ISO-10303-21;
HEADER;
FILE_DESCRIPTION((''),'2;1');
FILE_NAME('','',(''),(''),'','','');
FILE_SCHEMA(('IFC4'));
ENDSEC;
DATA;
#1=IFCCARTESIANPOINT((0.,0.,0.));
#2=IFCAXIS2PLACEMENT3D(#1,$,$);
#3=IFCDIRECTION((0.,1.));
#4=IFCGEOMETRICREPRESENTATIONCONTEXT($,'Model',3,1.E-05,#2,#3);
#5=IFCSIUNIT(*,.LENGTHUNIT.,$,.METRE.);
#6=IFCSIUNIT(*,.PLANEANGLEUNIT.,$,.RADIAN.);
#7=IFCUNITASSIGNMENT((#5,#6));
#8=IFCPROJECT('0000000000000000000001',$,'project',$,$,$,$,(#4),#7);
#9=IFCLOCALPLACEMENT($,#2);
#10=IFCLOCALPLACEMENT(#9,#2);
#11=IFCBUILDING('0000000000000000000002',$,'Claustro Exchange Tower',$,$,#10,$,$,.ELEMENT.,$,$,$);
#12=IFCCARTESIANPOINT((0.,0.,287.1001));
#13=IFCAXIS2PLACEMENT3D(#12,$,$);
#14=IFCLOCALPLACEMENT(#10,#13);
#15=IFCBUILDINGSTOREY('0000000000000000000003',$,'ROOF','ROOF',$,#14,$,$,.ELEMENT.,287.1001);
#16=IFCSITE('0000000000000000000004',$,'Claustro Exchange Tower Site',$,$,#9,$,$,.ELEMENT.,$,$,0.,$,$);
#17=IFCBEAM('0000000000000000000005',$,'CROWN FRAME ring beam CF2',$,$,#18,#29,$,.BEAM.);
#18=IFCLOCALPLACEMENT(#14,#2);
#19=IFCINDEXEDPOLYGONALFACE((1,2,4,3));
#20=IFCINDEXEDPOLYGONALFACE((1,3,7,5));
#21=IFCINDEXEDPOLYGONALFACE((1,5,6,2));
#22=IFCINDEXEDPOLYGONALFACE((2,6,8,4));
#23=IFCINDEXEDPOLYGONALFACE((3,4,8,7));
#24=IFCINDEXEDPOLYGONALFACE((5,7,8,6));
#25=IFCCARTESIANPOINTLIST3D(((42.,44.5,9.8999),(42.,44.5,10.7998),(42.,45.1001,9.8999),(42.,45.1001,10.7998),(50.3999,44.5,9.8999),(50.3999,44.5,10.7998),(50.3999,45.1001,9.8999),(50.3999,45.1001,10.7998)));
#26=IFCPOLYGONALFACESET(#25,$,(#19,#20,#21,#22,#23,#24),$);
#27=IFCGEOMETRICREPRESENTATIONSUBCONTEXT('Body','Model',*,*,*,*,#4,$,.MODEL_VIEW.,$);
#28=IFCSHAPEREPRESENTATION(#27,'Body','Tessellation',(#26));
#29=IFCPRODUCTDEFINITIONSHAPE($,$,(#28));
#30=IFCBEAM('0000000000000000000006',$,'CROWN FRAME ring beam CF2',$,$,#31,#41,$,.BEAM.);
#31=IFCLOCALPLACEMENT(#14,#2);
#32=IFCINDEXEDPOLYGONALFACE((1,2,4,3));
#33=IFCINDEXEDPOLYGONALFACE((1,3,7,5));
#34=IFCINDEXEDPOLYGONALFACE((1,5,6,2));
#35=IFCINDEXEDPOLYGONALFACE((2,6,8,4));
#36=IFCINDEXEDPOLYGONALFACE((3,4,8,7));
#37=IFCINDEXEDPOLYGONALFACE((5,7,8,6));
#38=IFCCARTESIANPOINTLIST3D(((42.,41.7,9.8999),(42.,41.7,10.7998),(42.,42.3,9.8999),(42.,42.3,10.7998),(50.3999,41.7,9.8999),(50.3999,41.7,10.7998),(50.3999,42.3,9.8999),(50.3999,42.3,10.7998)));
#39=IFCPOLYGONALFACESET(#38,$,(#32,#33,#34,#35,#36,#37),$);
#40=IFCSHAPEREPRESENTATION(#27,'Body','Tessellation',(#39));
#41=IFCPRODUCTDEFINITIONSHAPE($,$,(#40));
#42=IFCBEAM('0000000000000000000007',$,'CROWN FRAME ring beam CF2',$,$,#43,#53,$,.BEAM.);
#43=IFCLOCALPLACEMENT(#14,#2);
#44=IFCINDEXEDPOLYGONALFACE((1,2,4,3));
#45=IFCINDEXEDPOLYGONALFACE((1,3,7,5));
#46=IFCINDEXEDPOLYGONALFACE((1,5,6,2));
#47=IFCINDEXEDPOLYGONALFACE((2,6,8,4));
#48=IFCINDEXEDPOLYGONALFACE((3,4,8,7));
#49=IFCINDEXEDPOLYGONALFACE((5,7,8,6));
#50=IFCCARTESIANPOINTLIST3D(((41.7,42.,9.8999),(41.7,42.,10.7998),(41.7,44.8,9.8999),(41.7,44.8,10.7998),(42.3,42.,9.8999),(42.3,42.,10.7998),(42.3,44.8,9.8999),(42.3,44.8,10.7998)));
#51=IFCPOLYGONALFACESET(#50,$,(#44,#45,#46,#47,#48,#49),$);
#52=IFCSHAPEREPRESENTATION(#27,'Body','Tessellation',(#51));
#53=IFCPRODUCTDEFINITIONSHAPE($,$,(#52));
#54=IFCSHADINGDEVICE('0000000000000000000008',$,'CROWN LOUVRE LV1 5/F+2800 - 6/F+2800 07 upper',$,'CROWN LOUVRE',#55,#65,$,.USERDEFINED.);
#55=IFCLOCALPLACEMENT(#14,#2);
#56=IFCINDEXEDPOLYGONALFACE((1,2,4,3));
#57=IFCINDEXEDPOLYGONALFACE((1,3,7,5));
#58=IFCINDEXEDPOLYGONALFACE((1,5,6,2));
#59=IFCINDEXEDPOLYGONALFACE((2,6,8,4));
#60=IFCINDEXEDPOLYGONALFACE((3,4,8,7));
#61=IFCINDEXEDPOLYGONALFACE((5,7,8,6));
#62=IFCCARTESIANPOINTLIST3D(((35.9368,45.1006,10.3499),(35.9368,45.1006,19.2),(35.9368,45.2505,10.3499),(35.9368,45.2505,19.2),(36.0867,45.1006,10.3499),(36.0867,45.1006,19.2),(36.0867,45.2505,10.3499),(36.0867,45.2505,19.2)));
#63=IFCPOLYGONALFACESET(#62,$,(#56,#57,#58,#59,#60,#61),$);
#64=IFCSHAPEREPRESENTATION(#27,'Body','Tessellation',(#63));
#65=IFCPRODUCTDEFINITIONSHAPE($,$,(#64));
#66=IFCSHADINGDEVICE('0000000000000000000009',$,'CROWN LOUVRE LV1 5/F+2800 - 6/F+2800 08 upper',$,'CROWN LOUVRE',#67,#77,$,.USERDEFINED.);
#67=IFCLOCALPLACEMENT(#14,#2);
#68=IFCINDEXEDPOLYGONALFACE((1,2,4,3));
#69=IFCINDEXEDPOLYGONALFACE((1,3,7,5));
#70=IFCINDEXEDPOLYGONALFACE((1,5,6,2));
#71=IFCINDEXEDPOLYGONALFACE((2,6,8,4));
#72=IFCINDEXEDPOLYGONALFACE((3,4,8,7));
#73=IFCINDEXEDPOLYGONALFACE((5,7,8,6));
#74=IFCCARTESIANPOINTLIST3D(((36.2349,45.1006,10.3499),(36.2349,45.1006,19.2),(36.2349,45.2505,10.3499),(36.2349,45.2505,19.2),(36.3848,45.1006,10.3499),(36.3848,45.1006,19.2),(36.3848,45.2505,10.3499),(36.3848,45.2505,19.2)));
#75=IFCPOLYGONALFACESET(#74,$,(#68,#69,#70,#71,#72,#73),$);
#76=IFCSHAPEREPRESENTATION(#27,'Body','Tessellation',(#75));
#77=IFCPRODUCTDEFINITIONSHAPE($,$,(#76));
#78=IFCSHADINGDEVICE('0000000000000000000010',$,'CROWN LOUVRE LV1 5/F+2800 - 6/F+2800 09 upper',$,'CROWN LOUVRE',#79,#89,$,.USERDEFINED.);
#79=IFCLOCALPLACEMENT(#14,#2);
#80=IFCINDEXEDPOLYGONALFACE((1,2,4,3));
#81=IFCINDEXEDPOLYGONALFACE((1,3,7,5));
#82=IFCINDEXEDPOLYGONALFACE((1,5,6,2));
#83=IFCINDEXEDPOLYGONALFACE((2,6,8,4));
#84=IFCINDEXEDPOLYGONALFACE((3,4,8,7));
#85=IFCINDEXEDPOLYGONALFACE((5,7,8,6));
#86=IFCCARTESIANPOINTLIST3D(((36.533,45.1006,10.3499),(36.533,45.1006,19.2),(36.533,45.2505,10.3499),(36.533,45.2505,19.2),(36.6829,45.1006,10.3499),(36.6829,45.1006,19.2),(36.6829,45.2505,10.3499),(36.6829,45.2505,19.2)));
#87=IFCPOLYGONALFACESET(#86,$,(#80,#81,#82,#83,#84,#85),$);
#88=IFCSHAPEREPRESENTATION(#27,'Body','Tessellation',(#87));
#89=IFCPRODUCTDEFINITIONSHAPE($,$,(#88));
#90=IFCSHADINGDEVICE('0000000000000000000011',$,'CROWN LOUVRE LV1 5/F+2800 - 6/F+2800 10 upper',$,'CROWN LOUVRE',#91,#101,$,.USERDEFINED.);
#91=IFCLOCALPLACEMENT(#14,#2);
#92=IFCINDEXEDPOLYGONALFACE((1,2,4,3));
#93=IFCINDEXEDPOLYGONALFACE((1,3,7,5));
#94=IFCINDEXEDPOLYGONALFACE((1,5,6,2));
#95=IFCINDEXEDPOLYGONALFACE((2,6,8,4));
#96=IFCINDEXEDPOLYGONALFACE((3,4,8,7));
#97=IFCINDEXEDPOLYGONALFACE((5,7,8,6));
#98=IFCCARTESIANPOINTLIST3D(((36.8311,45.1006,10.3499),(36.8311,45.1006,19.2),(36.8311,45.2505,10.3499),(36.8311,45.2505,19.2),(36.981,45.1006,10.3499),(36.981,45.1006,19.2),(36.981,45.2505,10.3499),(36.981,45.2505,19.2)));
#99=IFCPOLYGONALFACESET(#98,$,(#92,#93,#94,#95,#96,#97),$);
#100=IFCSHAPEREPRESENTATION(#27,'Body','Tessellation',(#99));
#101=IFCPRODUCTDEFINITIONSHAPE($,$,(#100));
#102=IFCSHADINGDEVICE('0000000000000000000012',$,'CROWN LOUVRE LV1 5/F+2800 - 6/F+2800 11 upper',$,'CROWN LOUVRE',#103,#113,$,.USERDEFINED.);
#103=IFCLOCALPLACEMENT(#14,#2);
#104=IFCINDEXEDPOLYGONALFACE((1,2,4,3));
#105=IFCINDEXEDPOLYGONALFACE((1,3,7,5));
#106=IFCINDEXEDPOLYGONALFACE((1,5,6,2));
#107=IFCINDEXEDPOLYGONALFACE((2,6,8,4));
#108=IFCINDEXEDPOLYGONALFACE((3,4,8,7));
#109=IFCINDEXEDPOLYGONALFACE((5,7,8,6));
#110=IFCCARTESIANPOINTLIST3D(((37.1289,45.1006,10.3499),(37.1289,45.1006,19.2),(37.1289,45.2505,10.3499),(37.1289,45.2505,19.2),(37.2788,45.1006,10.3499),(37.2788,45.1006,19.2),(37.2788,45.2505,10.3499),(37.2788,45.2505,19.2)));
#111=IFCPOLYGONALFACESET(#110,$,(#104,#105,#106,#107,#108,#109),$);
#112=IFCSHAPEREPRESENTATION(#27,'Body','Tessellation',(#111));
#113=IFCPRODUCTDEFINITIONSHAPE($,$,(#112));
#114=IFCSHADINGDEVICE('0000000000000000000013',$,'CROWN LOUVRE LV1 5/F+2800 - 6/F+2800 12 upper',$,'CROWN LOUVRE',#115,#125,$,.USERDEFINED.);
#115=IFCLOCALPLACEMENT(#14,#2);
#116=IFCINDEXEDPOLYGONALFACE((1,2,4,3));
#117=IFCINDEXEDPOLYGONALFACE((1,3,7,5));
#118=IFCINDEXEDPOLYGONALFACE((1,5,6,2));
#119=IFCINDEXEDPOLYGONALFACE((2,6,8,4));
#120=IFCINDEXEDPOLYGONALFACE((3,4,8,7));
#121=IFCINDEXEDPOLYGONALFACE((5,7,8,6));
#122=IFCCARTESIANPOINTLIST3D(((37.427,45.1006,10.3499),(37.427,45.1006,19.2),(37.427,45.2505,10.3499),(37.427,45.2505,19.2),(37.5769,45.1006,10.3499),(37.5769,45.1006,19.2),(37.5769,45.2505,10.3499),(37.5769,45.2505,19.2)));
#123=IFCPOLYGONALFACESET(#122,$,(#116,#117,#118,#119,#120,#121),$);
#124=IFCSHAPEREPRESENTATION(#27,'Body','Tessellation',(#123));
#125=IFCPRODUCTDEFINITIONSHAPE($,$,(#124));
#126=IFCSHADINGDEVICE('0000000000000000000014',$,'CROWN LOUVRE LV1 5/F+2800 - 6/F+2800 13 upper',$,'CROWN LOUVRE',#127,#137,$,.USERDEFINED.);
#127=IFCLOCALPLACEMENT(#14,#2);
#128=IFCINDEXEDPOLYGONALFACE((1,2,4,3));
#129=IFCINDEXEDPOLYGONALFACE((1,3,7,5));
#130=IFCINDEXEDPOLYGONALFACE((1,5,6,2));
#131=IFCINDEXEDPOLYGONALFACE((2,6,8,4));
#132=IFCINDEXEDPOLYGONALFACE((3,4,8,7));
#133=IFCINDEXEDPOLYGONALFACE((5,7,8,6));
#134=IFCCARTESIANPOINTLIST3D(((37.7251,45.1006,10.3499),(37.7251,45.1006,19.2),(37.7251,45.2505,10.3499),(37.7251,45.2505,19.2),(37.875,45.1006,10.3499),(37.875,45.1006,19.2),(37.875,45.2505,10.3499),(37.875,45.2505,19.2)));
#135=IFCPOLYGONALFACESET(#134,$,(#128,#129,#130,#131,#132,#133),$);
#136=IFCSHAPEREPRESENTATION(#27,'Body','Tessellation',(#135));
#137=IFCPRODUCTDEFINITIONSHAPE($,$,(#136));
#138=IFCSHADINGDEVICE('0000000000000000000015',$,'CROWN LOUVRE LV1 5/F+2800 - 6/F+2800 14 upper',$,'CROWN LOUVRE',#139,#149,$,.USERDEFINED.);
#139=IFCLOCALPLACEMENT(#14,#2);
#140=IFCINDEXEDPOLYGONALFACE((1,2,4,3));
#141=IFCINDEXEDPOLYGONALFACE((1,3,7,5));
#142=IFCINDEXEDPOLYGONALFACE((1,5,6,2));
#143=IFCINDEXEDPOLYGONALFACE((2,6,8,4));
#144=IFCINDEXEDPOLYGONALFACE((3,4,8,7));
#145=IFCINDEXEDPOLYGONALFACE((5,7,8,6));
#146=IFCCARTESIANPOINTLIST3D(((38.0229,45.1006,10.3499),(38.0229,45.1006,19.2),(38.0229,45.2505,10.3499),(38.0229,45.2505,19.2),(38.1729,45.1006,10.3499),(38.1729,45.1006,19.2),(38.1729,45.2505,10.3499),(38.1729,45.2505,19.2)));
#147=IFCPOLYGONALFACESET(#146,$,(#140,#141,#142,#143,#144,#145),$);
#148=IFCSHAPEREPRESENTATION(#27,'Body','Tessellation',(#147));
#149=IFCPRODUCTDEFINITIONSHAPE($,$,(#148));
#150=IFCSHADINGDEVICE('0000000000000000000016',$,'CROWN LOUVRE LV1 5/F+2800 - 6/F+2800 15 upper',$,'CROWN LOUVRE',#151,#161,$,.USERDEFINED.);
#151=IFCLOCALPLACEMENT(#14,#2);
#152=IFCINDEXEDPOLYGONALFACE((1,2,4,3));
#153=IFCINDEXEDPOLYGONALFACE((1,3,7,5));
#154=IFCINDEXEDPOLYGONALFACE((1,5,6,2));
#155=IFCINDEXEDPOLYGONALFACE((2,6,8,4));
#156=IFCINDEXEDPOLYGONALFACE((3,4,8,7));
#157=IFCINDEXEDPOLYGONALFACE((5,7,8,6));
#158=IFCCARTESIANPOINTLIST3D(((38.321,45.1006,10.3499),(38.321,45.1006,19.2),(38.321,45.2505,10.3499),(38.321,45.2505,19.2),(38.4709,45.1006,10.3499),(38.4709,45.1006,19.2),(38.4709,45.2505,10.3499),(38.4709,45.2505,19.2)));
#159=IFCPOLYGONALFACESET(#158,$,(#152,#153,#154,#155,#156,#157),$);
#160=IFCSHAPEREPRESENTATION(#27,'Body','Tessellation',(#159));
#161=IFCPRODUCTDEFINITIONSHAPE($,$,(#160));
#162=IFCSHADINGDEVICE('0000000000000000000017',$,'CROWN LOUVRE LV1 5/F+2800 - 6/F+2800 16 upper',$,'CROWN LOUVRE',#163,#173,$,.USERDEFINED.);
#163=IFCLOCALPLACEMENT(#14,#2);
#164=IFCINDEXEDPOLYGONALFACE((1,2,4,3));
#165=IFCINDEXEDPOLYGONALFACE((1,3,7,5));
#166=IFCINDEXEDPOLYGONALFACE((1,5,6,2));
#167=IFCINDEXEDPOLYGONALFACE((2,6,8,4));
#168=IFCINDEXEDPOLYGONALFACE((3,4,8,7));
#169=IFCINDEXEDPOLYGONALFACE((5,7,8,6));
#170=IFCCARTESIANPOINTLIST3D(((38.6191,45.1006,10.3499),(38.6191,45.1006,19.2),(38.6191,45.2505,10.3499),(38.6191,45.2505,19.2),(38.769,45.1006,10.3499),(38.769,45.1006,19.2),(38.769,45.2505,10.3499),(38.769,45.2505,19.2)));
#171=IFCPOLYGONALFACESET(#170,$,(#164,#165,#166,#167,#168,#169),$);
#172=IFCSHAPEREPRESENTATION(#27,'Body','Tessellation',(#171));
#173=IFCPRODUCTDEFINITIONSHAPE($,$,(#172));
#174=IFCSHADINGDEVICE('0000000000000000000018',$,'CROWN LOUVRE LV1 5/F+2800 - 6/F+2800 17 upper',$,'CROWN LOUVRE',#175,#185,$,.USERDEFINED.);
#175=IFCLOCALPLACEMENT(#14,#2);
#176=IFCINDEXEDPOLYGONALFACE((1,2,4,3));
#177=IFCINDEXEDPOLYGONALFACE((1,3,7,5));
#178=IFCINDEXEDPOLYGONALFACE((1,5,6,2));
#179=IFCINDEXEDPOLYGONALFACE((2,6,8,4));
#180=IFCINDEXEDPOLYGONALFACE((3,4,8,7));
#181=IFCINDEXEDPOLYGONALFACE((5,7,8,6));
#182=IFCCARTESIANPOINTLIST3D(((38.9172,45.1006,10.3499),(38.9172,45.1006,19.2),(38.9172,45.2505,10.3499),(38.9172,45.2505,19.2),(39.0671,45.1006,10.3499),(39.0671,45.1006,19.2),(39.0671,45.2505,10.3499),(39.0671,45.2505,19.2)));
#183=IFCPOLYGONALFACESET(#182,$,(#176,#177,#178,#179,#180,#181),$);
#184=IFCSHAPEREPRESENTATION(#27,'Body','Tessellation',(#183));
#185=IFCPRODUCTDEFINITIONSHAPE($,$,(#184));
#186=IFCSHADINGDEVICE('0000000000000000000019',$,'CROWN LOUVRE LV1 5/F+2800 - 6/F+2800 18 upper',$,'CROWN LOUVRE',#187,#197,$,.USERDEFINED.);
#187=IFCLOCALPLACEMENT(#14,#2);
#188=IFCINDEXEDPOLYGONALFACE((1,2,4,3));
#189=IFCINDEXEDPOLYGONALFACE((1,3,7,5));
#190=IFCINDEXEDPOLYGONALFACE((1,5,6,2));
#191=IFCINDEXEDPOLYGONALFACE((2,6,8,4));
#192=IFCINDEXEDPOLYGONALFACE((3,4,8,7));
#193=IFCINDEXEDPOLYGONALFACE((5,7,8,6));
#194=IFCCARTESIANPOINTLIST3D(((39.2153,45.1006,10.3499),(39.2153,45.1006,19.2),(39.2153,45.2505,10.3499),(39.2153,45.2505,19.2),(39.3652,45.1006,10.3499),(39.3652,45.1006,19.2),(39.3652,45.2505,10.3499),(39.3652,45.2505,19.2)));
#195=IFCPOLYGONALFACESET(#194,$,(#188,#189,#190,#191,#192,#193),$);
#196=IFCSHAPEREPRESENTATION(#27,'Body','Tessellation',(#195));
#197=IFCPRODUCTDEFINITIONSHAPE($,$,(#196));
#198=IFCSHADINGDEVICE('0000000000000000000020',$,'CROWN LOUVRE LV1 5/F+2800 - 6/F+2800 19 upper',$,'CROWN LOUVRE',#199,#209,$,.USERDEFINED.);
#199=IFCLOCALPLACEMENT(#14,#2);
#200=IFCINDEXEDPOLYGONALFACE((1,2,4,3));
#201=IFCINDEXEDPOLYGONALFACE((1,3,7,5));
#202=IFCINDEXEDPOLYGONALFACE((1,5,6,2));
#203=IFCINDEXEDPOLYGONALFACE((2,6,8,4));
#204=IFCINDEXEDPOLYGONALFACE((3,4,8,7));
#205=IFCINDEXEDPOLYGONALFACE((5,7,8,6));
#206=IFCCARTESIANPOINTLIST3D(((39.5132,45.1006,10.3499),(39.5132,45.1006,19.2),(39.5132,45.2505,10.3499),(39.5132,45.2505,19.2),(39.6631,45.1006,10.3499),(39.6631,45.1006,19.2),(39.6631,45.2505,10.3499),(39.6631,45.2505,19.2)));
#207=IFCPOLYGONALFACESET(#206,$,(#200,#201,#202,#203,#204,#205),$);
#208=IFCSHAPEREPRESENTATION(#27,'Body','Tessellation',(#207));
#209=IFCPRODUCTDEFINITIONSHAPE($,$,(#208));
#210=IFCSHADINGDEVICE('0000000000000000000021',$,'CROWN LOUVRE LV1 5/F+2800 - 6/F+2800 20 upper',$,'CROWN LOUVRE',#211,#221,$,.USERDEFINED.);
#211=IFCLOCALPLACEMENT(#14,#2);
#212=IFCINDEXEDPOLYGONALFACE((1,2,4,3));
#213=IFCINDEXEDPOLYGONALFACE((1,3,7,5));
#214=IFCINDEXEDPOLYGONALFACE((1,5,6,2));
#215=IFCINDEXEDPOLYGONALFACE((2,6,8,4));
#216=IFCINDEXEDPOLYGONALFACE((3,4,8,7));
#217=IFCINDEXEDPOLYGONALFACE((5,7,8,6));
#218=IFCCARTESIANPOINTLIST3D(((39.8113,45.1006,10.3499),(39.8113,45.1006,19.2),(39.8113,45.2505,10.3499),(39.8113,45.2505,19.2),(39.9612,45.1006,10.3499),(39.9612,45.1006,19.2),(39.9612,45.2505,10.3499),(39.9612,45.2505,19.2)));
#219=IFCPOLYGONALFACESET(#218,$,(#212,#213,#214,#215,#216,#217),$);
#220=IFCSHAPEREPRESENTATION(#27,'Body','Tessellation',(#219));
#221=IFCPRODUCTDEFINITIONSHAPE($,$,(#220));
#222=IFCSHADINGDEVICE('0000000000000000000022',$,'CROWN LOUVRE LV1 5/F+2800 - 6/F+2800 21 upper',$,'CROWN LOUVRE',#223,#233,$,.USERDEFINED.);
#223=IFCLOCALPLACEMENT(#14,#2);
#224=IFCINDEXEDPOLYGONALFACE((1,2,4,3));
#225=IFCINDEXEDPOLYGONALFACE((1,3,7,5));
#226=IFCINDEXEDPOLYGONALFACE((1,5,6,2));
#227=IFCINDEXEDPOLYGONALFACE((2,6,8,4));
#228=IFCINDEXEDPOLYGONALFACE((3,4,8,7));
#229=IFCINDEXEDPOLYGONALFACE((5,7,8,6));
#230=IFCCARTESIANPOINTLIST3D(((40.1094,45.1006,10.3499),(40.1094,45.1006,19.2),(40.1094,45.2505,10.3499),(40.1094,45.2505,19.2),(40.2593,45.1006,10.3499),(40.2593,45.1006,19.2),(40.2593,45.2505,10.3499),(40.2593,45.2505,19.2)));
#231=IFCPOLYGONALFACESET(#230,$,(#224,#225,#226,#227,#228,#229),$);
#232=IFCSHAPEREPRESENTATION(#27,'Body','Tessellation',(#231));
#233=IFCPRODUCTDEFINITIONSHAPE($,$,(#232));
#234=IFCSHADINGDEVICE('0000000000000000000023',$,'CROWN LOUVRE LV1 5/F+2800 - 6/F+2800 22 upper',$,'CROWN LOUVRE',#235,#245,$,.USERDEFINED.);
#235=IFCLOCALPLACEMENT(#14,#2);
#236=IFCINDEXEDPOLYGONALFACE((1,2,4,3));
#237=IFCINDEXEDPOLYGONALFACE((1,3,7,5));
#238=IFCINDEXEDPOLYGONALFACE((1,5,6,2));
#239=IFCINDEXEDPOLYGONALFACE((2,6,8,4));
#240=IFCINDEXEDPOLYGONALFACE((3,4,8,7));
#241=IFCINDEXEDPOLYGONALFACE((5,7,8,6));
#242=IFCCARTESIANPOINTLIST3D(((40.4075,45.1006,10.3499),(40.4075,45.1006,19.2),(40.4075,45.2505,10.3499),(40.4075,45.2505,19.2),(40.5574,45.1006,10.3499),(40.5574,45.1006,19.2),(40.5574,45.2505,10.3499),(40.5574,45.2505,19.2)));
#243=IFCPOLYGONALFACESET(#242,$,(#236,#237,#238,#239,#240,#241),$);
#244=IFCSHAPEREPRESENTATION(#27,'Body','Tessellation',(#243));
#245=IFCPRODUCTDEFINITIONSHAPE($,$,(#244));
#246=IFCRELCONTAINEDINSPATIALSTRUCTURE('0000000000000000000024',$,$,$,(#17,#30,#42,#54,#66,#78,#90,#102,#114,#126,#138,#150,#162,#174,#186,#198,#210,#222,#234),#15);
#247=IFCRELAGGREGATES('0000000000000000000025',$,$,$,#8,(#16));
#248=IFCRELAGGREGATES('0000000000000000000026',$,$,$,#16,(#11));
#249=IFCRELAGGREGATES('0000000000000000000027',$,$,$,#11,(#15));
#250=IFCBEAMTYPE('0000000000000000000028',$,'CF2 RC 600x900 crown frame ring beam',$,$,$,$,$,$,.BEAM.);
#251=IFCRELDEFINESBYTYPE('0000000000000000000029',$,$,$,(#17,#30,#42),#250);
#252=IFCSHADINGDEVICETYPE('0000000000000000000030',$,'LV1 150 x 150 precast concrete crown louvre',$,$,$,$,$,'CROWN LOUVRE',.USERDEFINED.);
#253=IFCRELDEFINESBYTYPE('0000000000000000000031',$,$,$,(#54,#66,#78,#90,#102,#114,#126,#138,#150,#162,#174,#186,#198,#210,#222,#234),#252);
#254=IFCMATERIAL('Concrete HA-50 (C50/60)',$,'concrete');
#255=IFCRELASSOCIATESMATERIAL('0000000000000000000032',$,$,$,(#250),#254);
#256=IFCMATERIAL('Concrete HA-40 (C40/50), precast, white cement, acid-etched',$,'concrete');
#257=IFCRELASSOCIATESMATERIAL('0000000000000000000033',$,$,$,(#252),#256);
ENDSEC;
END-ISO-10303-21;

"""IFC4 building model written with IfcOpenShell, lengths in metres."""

from ifc_helpers import new_model, si_unit, direction, frame, origin, origin_2d, place, context, subcontext, project, spatial, rectangle, extrude, material, material_profile, profile_set, type_object, element, save


model = new_model("IFC4")

# Units and contexts
model_context = context("Model", 3, precision=1e-05, world=origin(), true_north=direction((0.0, 1.0)))
body_context = subcontext(model_context, "Body", "Model", "MODEL_VIEW")
ifc_project = project(units=[si_unit("LENGTHUNIT", "METRE"), si_unit("PLANEANGLEUNIT", "RADIAN")], contexts=[model_context])

# Site, building, storey
site_placement = place(None, origin())
site = spatial("IfcSite", under=ifc_project, at=site_placement, Name="Claustro Exchange Tower Site", CompositionType="ELEMENT", RefElevation=0.0)
building_placement = place(site_placement, origin())
building = spatial("IfcBuilding", under=site, at=building_placement, Name="Claustro Exchange Tower", CompositionType="ELEMENT")
storey_placement = place(building_placement, frame((0.0, 0.0, 287.1001)))
storey = spatial("IfcBuildingStorey", under=building, at=storey_placement, Name="ROOF", Description="ROOF", CompositionType="ELEMENT", Elevation=287.1001)

# Beams
ifc_material_1 = material(Name="Concrete HA-50 (C50/60)", Category="concrete")
ifc_material_profile = material_profile(ifc_material_1, rectangle(XDim=0.6001, YDim=0.8999, at=origin_2d()), Name="RC 600x900")
ifc_profile_set = profile_set([ifc_material_profile], Name="Concrete HA-50 (C50/60)")
beam_type = type_object("IfcBeamType", Name="CF2 RC 600x900 crown frame ring beam", PredefinedType="BEAM", material=ifc_profile_set)
for number, where, z_axis, x_axis, name in (
    (1, (42.0, 44.8, 10.3499), (1.0, 0.0, 0.0), (0.0, 1.0, 0.0), "CROWN FRAME ring beam CF2"),
    (2, (42.0, 42.0, 10.3499), (1.0, 0.0, 0.0), (0.0, 1.0, 0.0), "CROWN FRAME ring beam CF2"),
):
    element("IfcBeam", number, at=place(storey_placement, frame(where, z_axis=z_axis, x_axis=x_axis)), inside=storey, type_object=beam_type, Name=name, PredefinedType="BEAM", context=body_context, shape_type="SweptSolid", body=[
        extrude(rectangle(XDim=0.6001, YDim=0.8999, at=origin_2d()), origin(), (0.0, 0.0, 1.0), 8.3999),
    ])
beam_placement = place(storey_placement, frame((42.0, 42.0, 10.3499), z_axis=(0.0, 1.0, 0.0), x_axis=(-1.0, 0.0, 0.0)))
element("IfcBeam", 3, at=beam_placement, inside=storey, type_object=beam_type, Name="CROWN FRAME ring beam CF2", PredefinedType="BEAM", context=body_context, shape_type="SweptSolid", body=[
    extrude(rectangle(XDim=0.6001, YDim=0.8999, at=origin_2d()), origin(), (0.0, 0.0, 1.0), 2.8),
])

# Shading devices
ifc_material_2 = material(Name="Concrete HA-40 (C40/50), precast, white cement, acid-etched", Category="concrete")
shading_device_type = type_object("IfcShadingDeviceType", Name="LV1 150 x 150 precast concrete crown louvre", ElementType="CROWN LOUVRE", PredefinedType="USERDEFINED", material=ifc_material_2)
for number, where, z_axis, x_axis, name in (
    (4, (36.0117, 45.1755, 10.3499), (0.0, 0.0, 1.0), (1.0, 0.0, 0.0), "CROWN LOUVRE LV1 5/F+2800 - 6/F+2800 07 upper"),
    (5, (36.3098, 45.1755, 10.3499), (0.0, 0.0, 1.0), (1.0, 0.0, 0.0), "CROWN LOUVRE LV1 5/F+2800 - 6/F+2800 08 upper"),
    (6, (36.6079, 45.1755, 10.3499), (0.0, 0.0, 1.0), (1.0, 0.0, 0.0), "CROWN LOUVRE LV1 5/F+2800 - 6/F+2800 09 upper"),
    (7, (36.906, 45.1755, 10.3499), (0.0, 0.0, 1.0), (1.0, 0.0, 0.0), "CROWN LOUVRE LV1 5/F+2800 - 6/F+2800 10 upper"),
    (8, (37.2039, 45.1755, 10.3499), (0.0, 0.0, 1.0), (1.0, 0.0, 0.0), "CROWN LOUVRE LV1 5/F+2800 - 6/F+2800 11 upper"),
    (9, (37.502, 45.1755, 10.3499), (0.0, 0.0, 1.0), (1.0, 0.0, 0.0), "CROWN LOUVRE LV1 5/F+2800 - 6/F+2800 12 upper"),
    (10, (37.8, 45.1755, 10.3499), (0.0, 0.0, 1.0), (1.0, 0.0, 0.0), "CROWN LOUVRE LV1 5/F+2800 - 6/F+2800 13 upper"),
    (11, (38.0979, 45.1755, 10.3499), (0.0, 0.0, 1.0), (1.0, 0.0, 0.0), "CROWN LOUVRE LV1 5/F+2800 - 6/F+2800 14 upper"),
    (12, (38.396, 45.1755, 10.3499), (0.0, 0.0, 1.0), (1.0, 0.0, 0.0), "CROWN LOUVRE LV1 5/F+2800 - 6/F+2800 15 upper"),
    (13, (38.6941, 45.1755, 10.3499), (0.0, 0.0, 1.0), (1.0, 0.0, 0.0), "CROWN LOUVRE LV1 5/F+2800 - 6/F+2800 16 upper"),
    (14, (38.9922, 45.1755, 10.3499), (0.0, 0.0, 1.0), (1.0, 0.0, 0.0), "CROWN LOUVRE LV1 5/F+2800 - 6/F+2800 17 upper"),
    (15, (39.2903, 45.1755, 10.3499), (0.0, 0.0, 1.0), (1.0, 0.0, 0.0), "CROWN LOUVRE LV1 5/F+2800 - 6/F+2800 18 upper"),
    (16, (39.5881, 45.1755, 10.3499), (0.0, 0.0, 1.0), (1.0, 0.0, 0.0), "CROWN LOUVRE LV1 5/F+2800 - 6/F+2800 19 upper"),
    (17, (39.8862, 45.1755, 10.3499), (0.0, 0.0, 1.0), (1.0, 0.0, 0.0), "CROWN LOUVRE LV1 5/F+2800 - 6/F+2800 20 upper"),
    (18, (40.1843, 45.1755, 10.3499), (0.0, 0.0, 1.0), (1.0, 0.0, 0.0), "CROWN LOUVRE LV1 5/F+2800 - 6/F+2800 21 upper"),
    (19, (40.4824, 45.1755, 10.3499), (0.0, 0.0, 1.0), (1.0, 0.0, 0.0), "CROWN LOUVRE LV1 5/F+2800 - 6/F+2800 22 upper"),
):
    element("IfcShadingDevice", number, at=place(storey_placement, frame(where, z_axis=z_axis, x_axis=x_axis)), inside=storey, type_object=shading_device_type, Name=name, ObjectType="CROWN LOUVRE", PredefinedType="USERDEFINED", context=body_context, shape_type="SweptSolid", body=[
        extrude(rectangle(XDim=0.1499, YDim=0.1499, at=origin_2d()), origin(), (0.0, 0.0, 1.0), 8.8501),
    ])

save(model, "model.ifc")
